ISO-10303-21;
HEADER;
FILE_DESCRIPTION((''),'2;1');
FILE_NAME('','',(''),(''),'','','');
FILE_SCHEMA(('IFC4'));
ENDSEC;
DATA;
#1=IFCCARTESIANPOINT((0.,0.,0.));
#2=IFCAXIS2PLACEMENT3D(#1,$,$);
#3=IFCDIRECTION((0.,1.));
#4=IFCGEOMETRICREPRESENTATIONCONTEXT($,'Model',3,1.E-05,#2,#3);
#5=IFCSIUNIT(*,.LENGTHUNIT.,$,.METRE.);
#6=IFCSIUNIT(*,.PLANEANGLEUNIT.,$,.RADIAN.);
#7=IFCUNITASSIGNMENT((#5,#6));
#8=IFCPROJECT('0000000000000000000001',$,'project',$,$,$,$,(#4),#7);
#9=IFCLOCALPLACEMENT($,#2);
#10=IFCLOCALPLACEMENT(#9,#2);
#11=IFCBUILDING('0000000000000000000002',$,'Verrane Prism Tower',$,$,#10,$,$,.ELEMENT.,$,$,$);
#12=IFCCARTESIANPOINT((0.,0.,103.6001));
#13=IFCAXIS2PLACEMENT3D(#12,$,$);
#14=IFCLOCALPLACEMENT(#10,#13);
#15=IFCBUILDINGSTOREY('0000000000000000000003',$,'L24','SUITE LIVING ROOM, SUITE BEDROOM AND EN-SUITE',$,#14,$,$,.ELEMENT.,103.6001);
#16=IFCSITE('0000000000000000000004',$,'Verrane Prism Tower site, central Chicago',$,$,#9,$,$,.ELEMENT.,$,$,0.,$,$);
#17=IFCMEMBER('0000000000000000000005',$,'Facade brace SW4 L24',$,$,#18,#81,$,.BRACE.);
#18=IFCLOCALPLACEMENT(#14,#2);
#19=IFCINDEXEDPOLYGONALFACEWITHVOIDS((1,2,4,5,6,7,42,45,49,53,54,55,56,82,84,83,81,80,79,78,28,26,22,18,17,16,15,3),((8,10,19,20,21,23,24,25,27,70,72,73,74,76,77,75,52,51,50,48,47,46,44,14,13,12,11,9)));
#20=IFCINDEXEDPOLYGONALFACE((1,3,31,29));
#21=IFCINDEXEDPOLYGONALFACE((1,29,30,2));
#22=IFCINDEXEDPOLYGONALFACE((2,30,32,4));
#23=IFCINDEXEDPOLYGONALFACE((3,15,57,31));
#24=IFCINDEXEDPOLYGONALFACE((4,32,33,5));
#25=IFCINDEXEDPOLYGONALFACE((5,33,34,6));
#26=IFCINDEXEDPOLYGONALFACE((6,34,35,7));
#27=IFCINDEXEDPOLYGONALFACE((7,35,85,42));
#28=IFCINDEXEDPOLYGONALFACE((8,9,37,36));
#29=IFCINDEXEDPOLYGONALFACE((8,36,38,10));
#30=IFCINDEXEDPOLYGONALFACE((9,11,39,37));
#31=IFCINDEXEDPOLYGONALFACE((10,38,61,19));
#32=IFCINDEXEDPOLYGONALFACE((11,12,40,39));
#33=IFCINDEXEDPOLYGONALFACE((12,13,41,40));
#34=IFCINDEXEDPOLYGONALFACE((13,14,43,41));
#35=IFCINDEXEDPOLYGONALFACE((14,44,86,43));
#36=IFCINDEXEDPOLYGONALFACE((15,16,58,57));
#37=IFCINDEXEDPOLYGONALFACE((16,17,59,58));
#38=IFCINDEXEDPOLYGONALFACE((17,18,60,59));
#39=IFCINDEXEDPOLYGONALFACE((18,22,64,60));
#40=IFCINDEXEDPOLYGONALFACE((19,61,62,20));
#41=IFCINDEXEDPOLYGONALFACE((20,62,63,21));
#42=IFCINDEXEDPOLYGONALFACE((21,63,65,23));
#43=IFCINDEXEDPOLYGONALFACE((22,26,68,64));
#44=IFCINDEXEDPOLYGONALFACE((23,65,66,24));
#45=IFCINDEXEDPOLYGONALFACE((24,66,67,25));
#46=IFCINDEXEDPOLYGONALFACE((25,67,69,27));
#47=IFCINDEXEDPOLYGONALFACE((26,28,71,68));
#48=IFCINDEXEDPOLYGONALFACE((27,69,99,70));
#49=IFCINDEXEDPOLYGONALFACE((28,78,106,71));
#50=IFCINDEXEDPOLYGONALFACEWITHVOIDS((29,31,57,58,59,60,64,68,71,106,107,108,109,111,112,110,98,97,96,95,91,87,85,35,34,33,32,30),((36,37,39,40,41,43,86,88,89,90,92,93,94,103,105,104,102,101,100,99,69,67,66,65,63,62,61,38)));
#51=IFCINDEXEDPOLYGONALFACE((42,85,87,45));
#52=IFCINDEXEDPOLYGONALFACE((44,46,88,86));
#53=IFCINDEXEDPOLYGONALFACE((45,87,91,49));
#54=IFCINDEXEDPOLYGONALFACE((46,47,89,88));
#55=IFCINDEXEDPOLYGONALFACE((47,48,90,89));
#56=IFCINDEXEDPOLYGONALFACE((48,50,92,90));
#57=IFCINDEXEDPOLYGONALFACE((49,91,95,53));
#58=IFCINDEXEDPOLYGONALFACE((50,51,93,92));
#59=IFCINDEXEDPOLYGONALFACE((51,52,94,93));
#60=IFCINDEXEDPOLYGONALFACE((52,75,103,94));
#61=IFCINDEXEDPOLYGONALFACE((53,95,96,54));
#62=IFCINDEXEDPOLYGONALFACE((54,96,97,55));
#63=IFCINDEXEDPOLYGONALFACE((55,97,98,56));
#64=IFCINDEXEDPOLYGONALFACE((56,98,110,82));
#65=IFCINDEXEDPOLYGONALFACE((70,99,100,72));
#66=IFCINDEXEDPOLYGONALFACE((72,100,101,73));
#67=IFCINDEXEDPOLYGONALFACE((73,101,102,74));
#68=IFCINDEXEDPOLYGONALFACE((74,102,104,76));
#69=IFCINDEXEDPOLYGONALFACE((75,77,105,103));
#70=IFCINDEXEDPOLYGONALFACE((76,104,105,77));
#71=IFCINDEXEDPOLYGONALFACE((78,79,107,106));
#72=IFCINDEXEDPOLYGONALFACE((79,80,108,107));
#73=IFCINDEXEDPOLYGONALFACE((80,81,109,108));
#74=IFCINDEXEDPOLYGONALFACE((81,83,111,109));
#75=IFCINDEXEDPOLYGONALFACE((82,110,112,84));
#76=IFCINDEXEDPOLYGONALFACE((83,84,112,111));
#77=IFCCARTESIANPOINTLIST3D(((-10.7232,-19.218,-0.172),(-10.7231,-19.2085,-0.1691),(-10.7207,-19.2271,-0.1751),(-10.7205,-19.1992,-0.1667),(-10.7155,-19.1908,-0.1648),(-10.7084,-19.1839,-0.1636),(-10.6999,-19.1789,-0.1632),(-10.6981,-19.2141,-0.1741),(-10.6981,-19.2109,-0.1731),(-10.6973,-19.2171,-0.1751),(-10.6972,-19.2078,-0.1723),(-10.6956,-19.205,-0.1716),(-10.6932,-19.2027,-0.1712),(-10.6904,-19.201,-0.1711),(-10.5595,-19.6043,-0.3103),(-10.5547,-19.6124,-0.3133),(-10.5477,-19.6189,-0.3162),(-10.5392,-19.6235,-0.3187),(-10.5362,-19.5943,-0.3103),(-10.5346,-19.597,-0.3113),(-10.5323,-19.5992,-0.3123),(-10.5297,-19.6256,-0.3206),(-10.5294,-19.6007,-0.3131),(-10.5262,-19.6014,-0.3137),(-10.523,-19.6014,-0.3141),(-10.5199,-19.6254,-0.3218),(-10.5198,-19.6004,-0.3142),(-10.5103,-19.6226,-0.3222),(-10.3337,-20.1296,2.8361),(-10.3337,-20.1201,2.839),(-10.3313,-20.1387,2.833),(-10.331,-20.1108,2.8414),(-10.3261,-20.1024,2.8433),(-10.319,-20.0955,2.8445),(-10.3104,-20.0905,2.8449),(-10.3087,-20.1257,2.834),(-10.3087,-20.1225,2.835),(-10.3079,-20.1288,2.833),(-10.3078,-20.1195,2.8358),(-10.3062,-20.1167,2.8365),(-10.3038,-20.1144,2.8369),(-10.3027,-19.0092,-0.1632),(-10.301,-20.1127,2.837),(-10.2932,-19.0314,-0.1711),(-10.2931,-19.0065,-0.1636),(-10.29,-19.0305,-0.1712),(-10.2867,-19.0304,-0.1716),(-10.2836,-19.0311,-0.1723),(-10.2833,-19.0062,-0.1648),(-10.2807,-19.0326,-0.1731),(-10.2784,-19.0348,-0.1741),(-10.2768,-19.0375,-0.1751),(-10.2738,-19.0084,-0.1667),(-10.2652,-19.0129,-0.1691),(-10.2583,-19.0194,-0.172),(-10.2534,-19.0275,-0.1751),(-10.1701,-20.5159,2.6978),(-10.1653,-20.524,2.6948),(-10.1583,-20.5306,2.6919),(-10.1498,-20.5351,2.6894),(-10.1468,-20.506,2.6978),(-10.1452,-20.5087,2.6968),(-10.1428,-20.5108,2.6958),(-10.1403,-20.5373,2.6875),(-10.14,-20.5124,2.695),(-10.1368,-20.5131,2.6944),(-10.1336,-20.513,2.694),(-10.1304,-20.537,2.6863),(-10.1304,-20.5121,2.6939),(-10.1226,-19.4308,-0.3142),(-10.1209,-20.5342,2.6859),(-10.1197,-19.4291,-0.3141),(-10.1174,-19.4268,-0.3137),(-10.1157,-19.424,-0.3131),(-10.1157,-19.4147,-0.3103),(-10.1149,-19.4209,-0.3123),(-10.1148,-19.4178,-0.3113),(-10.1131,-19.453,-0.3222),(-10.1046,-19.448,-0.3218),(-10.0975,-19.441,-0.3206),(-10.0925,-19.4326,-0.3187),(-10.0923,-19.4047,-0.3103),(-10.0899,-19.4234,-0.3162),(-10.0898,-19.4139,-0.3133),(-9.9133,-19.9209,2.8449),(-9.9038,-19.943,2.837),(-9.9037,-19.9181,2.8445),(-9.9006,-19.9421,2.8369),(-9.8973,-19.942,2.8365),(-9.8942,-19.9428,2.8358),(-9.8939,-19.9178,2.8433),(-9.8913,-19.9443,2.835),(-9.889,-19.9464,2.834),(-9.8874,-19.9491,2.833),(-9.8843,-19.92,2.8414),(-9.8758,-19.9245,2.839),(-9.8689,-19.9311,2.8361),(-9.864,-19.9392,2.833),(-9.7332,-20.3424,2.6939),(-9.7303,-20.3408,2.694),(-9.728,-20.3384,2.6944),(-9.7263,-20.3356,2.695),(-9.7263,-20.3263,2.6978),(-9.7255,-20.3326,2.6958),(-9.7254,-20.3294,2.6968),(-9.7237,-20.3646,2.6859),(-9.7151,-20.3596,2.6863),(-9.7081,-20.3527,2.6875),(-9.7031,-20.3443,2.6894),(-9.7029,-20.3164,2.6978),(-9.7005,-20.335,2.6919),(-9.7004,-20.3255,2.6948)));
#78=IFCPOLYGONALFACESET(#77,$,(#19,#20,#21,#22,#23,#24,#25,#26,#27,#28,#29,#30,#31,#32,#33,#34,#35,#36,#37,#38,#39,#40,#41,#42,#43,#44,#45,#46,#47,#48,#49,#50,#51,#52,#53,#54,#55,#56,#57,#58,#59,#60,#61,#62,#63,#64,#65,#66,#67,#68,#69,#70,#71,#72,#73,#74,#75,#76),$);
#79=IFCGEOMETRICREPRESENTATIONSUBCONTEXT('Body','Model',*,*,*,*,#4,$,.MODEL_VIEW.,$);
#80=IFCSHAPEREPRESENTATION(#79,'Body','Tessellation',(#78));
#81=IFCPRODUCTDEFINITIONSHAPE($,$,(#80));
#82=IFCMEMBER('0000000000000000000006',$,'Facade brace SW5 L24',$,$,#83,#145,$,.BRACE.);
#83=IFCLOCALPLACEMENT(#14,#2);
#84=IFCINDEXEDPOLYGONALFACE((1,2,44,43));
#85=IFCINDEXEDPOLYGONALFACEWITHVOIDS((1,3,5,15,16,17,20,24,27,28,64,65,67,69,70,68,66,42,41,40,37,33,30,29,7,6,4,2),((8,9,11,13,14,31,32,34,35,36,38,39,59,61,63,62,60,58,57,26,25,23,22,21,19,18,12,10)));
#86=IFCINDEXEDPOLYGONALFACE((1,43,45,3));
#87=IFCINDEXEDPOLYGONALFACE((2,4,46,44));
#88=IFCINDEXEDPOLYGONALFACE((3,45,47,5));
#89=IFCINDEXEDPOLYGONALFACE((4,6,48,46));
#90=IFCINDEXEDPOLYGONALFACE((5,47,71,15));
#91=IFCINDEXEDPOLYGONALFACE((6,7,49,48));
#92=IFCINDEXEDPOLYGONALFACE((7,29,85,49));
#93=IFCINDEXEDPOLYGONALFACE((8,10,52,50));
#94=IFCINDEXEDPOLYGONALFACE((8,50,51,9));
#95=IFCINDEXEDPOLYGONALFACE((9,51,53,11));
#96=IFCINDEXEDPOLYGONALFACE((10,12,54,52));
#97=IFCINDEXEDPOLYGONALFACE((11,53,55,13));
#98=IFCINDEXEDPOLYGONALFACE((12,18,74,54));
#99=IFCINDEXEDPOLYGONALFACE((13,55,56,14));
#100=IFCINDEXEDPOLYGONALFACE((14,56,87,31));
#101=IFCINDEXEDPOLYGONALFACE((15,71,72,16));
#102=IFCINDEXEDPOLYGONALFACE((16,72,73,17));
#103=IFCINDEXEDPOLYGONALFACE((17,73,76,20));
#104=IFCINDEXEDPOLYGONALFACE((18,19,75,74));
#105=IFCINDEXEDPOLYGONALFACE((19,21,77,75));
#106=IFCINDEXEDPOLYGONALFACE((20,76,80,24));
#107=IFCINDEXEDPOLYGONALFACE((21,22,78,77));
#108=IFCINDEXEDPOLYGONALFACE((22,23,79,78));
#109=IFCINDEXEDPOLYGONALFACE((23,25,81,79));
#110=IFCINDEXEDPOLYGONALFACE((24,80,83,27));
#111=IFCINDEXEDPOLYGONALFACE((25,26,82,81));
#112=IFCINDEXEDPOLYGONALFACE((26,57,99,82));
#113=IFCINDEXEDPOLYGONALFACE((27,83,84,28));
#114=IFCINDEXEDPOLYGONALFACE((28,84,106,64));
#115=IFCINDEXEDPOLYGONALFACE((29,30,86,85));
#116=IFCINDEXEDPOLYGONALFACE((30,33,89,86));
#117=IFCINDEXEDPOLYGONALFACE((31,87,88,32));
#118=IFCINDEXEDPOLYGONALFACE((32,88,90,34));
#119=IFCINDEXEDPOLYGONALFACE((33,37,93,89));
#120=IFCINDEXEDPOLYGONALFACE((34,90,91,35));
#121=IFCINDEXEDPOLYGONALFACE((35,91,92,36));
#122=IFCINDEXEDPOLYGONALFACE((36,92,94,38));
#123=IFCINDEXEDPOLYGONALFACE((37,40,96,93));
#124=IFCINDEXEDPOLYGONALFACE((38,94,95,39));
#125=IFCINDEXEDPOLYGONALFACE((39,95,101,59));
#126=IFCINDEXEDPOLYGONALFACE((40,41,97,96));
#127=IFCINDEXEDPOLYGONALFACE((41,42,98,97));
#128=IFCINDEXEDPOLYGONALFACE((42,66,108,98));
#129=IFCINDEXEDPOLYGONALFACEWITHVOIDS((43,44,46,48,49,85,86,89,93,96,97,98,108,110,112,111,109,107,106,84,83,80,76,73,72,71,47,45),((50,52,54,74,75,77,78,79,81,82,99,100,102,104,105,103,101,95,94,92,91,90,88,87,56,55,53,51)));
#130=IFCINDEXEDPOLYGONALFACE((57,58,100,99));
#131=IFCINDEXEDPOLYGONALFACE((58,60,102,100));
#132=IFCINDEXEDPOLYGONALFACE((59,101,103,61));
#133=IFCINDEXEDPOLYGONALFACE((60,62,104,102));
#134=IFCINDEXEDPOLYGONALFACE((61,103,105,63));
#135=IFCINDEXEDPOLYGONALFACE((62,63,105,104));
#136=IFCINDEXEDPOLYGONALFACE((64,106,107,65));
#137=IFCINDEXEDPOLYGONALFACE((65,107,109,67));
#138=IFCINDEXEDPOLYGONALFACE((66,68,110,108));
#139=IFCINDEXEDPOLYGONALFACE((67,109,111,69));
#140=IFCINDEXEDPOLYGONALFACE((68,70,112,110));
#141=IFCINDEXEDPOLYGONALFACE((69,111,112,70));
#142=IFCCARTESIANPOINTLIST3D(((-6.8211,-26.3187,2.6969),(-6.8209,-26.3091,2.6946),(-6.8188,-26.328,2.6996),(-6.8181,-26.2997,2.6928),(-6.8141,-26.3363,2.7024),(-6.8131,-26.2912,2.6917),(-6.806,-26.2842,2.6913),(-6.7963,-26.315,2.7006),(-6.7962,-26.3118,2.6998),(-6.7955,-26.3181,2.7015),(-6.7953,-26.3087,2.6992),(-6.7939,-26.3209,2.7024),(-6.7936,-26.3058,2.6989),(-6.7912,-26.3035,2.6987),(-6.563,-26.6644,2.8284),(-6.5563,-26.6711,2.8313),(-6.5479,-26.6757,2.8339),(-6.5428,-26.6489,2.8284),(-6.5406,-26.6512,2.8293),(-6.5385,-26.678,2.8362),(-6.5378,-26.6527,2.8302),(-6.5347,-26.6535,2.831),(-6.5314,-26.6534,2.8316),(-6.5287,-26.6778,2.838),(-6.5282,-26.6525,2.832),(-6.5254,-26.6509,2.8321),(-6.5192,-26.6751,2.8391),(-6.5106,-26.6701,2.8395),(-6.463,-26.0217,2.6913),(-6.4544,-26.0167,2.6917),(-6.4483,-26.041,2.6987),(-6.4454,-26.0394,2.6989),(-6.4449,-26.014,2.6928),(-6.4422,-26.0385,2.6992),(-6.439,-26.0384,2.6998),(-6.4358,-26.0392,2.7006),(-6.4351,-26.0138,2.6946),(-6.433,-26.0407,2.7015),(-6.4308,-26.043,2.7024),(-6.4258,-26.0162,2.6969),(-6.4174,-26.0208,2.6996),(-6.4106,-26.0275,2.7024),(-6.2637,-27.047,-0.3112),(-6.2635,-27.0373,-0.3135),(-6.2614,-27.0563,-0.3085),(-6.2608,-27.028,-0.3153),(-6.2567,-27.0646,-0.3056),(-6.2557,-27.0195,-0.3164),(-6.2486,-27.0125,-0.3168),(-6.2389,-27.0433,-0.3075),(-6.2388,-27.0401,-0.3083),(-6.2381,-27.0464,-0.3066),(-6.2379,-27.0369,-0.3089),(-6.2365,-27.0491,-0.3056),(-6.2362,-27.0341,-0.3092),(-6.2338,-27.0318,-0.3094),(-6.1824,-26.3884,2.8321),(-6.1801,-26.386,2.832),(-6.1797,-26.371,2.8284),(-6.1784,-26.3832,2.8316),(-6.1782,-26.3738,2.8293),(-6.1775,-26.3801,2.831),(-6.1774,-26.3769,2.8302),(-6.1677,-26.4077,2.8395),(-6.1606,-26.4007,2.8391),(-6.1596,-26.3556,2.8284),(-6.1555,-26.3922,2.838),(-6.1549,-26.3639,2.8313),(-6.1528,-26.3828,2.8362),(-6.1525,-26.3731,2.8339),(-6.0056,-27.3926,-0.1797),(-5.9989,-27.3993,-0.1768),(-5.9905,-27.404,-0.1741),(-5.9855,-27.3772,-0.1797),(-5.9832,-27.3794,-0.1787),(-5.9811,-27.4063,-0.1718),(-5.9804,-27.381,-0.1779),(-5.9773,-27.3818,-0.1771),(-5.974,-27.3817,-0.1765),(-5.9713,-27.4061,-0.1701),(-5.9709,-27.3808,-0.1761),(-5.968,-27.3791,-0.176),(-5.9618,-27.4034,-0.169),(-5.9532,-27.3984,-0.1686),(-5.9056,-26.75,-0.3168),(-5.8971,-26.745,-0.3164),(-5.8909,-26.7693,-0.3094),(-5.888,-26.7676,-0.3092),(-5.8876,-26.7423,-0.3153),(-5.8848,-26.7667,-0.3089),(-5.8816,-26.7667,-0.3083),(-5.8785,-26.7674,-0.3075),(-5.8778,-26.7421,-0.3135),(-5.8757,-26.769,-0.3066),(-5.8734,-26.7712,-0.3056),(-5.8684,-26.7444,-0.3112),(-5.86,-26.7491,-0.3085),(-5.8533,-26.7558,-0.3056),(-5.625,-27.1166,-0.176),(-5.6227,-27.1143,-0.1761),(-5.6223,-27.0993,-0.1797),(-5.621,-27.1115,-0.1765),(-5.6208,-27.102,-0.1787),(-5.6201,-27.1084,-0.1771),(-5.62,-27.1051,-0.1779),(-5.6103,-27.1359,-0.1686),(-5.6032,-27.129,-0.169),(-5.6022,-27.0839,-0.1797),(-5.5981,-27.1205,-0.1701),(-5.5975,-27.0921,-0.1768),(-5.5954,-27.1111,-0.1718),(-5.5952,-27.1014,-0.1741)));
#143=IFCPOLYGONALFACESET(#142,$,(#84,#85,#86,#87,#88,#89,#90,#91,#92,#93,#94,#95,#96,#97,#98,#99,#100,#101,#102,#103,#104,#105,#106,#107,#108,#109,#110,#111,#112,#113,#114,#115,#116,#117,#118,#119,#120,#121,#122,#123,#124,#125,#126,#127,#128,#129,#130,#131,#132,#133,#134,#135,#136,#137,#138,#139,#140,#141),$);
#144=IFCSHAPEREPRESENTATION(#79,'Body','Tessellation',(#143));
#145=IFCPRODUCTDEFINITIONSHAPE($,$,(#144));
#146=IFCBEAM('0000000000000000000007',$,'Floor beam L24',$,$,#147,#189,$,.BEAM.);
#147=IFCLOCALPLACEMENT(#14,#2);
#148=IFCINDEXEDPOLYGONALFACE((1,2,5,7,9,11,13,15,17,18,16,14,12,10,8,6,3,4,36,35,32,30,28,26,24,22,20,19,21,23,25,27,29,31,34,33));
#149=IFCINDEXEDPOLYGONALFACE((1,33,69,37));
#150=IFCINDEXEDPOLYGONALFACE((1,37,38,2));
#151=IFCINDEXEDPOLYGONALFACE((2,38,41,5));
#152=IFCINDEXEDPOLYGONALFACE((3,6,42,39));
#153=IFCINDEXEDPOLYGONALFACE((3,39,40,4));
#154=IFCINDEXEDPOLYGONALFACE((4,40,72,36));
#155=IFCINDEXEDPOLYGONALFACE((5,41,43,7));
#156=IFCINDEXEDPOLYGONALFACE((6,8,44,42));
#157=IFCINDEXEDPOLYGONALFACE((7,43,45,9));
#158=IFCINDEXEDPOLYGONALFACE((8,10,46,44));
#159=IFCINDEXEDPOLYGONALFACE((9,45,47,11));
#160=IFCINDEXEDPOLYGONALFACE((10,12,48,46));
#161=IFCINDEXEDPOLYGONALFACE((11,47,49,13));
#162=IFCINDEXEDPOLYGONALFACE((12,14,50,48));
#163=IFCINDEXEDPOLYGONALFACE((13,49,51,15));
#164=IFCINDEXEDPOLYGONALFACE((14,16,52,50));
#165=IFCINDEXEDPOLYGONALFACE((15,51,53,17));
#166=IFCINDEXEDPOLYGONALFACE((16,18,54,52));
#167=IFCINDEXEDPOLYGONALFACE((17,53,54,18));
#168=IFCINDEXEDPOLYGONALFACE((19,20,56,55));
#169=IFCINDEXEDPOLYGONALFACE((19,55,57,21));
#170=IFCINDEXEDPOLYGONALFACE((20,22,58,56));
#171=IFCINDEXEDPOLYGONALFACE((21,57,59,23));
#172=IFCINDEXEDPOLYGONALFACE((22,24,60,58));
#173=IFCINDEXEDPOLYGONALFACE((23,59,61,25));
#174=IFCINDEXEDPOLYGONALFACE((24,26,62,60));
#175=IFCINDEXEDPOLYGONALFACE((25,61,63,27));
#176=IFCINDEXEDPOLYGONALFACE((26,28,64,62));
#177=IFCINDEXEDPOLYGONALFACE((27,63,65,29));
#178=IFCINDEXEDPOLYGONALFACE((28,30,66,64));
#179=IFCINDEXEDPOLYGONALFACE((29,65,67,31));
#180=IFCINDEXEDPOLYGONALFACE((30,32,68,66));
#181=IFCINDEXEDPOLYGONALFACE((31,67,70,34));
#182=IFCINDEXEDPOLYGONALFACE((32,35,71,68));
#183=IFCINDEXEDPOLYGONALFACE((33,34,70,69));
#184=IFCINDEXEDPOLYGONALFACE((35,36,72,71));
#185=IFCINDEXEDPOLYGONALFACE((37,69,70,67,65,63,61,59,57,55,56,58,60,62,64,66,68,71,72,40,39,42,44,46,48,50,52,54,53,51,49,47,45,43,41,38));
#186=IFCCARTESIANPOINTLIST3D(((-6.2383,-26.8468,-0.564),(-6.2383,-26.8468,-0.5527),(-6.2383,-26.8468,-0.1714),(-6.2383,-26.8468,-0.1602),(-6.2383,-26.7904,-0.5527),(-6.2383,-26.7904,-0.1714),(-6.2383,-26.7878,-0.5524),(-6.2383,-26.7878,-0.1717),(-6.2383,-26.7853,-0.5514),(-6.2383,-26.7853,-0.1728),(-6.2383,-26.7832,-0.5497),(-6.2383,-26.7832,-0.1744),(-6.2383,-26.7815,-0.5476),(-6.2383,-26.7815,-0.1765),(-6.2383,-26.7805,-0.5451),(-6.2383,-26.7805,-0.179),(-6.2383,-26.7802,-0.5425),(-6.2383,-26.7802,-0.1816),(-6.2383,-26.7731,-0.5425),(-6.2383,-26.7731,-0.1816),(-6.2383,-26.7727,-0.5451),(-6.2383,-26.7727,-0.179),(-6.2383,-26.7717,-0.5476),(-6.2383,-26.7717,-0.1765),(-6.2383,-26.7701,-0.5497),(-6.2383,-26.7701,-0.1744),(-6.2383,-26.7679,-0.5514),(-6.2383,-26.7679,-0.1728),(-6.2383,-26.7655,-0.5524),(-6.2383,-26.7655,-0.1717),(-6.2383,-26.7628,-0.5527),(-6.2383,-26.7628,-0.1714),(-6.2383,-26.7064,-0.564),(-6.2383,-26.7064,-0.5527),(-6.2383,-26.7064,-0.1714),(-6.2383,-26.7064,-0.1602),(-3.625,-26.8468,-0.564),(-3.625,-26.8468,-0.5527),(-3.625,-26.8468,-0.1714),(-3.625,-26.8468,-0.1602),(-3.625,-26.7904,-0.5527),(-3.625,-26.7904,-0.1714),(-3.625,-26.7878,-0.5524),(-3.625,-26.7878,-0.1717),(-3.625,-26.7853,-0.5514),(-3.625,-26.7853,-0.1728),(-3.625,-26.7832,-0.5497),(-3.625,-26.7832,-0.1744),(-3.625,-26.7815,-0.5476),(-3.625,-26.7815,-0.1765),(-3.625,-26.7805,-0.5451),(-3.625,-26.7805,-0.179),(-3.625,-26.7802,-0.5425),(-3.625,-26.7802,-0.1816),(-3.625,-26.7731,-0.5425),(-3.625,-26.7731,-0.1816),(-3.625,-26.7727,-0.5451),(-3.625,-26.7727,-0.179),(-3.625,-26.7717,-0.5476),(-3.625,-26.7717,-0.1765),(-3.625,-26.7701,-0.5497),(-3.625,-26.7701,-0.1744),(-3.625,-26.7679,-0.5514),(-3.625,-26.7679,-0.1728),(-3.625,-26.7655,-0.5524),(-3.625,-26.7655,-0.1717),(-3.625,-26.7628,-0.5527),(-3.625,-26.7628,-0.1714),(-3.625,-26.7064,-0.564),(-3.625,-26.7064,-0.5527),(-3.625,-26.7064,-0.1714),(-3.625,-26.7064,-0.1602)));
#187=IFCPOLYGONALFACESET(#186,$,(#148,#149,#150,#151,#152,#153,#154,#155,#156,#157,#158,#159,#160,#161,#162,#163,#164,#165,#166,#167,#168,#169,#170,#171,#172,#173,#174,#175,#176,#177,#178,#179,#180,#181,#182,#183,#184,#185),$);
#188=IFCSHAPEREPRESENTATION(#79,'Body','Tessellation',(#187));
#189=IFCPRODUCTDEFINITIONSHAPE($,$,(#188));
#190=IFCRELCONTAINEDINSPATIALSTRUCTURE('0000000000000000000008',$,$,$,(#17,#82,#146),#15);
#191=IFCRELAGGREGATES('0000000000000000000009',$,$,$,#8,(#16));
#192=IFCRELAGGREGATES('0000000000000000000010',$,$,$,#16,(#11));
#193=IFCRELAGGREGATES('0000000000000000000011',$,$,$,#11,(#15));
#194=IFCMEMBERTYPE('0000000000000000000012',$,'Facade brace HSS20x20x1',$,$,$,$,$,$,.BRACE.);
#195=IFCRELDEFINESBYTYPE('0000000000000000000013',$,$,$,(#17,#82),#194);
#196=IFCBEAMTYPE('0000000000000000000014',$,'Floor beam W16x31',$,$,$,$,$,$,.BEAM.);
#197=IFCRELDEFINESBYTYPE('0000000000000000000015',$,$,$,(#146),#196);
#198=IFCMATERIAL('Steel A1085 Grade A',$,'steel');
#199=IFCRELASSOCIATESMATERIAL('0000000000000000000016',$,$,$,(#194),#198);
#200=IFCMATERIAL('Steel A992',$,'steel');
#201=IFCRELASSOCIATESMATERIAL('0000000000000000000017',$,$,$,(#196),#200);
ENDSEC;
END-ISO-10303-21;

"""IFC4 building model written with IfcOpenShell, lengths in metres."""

from ifc_helpers import new_model, si_unit, direction, frame, origin, origin_2d, place, context, subcontext, project, spatial, hollow_rectangle, i_section, extrude, material, material_profile, profile_set, type_object, element, save


model = new_model("IFC4")

# Units and contexts
model_context = context("Model", 3, precision=1e-05, world=origin(), true_north=direction((0.0, 1.0)))
body_context = subcontext(model_context, "Body", "Model", "MODEL_VIEW")
ifc_project = project(units=[si_unit("LENGTHUNIT", "METRE"), si_unit("PLANEANGLEUNIT", "RADIAN")], contexts=[model_context])

# Site, building, storey
site_placement = place(None, origin())
site = spatial("IfcSite", under=ifc_project, at=site_placement, Name="Verrane Prism Tower site, central Chicago", CompositionType="ELEMENT", RefElevation=0.0)
building_placement = place(site_placement, origin())
building = spatial("IfcBuilding", under=site, at=building_placement, Name="Verrane Prism Tower", CompositionType="ELEMENT")
storey_placement = place(building_placement, frame((0.0, 0.0, 103.6001)))
storey = spatial("IfcBuildingStorey", under=building, at=storey_placement, Name="L24", Description="SUITE LIVING ROOM, SUITE BEDROOM AND EN-SUITE", CompositionType="ELEMENT", Elevation=103.6001)

# Members
ifc_material_1 = material(Name="Steel A1085 Grade A", Category="steel")
ifc_material_profile_1 = material_profile(ifc_material_1, hollow_rectangle(XDim=0.5081, YDim=0.5081, WallThickness=0.0254, InnerFilletRadius=0.0127, OuterFilletRadius=0.0381, at=origin_2d()), Name="HSS20x20x1")
ifc_profile_set_1 = profile_set([ifc_material_profile_1], Name="Steel A1085 Grade A")
member_type_1 = type_object("IfcMemberType", Name="Facade brace HSS20x20x1", PredefinedType="BRACE", material=ifc_profile_set_1)
member_1_placement = place(storey_placement, frame((-10.4065, -19.3159, -0.2427), z_axis=(0.122949, -0.287833, 0.949756), x_axis=(0.919616, 0.392819, 0.0)))
element("IfcMember", 1, at=member_1_placement, inside=storey, type_object=member_type_1, Name="Facade brace SW4 L24", PredefinedType="BRACE", context=body_context, shape_type="SweptSolid", body=[
    extrude(hollow_rectangle(XDim=0.5081, YDim=0.5081, WallThickness=0.0254, InnerFilletRadius=0.0127, OuterFilletRadius=0.0381, at=origin_2d()), origin(), (0.0, 0.0, 1.0), 3.1672),
])
member_2_placement = place(storey_placement, frame((-5.9294, -27.0742, -0.2427), z_axis=(-0.177239, 0.231583, 0.956533), x_axis=(-0.794116, -0.607766, 0.0)))
element("IfcMember", 2, at=member_2_placement, inside=storey, type_object=member_type_1, Name="Facade brace SW5 L24", PredefinedType="BRACE", context=body_context, shape_type="SweptSolid", body=[
    extrude(hollow_rectangle(XDim=0.5081, YDim=0.5081, WallThickness=0.0254, InnerFilletRadius=0.0127, OuterFilletRadius=0.0381, at=origin_2d()), origin(), (0.0, 0.0, 1.0), 3.1448),
])

# Beam
ifc_material_2 = material(Name="Steel A992", Category="steel")
ifc_material_profile_2 = material_profile(ifc_material_2, i_section(OverallWidth=0.1404, OverallDepth=0.4038, WebThickness=0.0071, FlangeThickness=0.0112, FilletRadius=0.0103, at=origin_2d()), Name="W16x31")
ifc_profile_set_2 = profile_set([ifc_material_profile_2], Name="Steel A992")
beam_type_1 = type_object("IfcBeamType", Name="Floor beam W16x31", PredefinedType="BEAM", material=ifc_profile_set_2)
beam_1_placement = place(storey_placement, frame((-6.2383, -26.7766, -0.3621), z_axis=(1.0, 0.0, 0.0), x_axis=(0.0, 1.0, 0.0)))
element("IfcBeam", 3, at=beam_1_placement, inside=storey, type_object=beam_type_1, Name="Floor beam L24", PredefinedType="BEAM", context=body_context, shape_type="SweptSolid", body=[
    extrude(i_section(OverallWidth=0.1404, OverallDepth=0.4038, WebThickness=0.0071, FlangeThickness=0.0112, FilletRadius=0.0103, at=origin_2d()), origin(), (0.0, 0.0, 1.0), 2.6133),
])

save(model, "model.ifc")
